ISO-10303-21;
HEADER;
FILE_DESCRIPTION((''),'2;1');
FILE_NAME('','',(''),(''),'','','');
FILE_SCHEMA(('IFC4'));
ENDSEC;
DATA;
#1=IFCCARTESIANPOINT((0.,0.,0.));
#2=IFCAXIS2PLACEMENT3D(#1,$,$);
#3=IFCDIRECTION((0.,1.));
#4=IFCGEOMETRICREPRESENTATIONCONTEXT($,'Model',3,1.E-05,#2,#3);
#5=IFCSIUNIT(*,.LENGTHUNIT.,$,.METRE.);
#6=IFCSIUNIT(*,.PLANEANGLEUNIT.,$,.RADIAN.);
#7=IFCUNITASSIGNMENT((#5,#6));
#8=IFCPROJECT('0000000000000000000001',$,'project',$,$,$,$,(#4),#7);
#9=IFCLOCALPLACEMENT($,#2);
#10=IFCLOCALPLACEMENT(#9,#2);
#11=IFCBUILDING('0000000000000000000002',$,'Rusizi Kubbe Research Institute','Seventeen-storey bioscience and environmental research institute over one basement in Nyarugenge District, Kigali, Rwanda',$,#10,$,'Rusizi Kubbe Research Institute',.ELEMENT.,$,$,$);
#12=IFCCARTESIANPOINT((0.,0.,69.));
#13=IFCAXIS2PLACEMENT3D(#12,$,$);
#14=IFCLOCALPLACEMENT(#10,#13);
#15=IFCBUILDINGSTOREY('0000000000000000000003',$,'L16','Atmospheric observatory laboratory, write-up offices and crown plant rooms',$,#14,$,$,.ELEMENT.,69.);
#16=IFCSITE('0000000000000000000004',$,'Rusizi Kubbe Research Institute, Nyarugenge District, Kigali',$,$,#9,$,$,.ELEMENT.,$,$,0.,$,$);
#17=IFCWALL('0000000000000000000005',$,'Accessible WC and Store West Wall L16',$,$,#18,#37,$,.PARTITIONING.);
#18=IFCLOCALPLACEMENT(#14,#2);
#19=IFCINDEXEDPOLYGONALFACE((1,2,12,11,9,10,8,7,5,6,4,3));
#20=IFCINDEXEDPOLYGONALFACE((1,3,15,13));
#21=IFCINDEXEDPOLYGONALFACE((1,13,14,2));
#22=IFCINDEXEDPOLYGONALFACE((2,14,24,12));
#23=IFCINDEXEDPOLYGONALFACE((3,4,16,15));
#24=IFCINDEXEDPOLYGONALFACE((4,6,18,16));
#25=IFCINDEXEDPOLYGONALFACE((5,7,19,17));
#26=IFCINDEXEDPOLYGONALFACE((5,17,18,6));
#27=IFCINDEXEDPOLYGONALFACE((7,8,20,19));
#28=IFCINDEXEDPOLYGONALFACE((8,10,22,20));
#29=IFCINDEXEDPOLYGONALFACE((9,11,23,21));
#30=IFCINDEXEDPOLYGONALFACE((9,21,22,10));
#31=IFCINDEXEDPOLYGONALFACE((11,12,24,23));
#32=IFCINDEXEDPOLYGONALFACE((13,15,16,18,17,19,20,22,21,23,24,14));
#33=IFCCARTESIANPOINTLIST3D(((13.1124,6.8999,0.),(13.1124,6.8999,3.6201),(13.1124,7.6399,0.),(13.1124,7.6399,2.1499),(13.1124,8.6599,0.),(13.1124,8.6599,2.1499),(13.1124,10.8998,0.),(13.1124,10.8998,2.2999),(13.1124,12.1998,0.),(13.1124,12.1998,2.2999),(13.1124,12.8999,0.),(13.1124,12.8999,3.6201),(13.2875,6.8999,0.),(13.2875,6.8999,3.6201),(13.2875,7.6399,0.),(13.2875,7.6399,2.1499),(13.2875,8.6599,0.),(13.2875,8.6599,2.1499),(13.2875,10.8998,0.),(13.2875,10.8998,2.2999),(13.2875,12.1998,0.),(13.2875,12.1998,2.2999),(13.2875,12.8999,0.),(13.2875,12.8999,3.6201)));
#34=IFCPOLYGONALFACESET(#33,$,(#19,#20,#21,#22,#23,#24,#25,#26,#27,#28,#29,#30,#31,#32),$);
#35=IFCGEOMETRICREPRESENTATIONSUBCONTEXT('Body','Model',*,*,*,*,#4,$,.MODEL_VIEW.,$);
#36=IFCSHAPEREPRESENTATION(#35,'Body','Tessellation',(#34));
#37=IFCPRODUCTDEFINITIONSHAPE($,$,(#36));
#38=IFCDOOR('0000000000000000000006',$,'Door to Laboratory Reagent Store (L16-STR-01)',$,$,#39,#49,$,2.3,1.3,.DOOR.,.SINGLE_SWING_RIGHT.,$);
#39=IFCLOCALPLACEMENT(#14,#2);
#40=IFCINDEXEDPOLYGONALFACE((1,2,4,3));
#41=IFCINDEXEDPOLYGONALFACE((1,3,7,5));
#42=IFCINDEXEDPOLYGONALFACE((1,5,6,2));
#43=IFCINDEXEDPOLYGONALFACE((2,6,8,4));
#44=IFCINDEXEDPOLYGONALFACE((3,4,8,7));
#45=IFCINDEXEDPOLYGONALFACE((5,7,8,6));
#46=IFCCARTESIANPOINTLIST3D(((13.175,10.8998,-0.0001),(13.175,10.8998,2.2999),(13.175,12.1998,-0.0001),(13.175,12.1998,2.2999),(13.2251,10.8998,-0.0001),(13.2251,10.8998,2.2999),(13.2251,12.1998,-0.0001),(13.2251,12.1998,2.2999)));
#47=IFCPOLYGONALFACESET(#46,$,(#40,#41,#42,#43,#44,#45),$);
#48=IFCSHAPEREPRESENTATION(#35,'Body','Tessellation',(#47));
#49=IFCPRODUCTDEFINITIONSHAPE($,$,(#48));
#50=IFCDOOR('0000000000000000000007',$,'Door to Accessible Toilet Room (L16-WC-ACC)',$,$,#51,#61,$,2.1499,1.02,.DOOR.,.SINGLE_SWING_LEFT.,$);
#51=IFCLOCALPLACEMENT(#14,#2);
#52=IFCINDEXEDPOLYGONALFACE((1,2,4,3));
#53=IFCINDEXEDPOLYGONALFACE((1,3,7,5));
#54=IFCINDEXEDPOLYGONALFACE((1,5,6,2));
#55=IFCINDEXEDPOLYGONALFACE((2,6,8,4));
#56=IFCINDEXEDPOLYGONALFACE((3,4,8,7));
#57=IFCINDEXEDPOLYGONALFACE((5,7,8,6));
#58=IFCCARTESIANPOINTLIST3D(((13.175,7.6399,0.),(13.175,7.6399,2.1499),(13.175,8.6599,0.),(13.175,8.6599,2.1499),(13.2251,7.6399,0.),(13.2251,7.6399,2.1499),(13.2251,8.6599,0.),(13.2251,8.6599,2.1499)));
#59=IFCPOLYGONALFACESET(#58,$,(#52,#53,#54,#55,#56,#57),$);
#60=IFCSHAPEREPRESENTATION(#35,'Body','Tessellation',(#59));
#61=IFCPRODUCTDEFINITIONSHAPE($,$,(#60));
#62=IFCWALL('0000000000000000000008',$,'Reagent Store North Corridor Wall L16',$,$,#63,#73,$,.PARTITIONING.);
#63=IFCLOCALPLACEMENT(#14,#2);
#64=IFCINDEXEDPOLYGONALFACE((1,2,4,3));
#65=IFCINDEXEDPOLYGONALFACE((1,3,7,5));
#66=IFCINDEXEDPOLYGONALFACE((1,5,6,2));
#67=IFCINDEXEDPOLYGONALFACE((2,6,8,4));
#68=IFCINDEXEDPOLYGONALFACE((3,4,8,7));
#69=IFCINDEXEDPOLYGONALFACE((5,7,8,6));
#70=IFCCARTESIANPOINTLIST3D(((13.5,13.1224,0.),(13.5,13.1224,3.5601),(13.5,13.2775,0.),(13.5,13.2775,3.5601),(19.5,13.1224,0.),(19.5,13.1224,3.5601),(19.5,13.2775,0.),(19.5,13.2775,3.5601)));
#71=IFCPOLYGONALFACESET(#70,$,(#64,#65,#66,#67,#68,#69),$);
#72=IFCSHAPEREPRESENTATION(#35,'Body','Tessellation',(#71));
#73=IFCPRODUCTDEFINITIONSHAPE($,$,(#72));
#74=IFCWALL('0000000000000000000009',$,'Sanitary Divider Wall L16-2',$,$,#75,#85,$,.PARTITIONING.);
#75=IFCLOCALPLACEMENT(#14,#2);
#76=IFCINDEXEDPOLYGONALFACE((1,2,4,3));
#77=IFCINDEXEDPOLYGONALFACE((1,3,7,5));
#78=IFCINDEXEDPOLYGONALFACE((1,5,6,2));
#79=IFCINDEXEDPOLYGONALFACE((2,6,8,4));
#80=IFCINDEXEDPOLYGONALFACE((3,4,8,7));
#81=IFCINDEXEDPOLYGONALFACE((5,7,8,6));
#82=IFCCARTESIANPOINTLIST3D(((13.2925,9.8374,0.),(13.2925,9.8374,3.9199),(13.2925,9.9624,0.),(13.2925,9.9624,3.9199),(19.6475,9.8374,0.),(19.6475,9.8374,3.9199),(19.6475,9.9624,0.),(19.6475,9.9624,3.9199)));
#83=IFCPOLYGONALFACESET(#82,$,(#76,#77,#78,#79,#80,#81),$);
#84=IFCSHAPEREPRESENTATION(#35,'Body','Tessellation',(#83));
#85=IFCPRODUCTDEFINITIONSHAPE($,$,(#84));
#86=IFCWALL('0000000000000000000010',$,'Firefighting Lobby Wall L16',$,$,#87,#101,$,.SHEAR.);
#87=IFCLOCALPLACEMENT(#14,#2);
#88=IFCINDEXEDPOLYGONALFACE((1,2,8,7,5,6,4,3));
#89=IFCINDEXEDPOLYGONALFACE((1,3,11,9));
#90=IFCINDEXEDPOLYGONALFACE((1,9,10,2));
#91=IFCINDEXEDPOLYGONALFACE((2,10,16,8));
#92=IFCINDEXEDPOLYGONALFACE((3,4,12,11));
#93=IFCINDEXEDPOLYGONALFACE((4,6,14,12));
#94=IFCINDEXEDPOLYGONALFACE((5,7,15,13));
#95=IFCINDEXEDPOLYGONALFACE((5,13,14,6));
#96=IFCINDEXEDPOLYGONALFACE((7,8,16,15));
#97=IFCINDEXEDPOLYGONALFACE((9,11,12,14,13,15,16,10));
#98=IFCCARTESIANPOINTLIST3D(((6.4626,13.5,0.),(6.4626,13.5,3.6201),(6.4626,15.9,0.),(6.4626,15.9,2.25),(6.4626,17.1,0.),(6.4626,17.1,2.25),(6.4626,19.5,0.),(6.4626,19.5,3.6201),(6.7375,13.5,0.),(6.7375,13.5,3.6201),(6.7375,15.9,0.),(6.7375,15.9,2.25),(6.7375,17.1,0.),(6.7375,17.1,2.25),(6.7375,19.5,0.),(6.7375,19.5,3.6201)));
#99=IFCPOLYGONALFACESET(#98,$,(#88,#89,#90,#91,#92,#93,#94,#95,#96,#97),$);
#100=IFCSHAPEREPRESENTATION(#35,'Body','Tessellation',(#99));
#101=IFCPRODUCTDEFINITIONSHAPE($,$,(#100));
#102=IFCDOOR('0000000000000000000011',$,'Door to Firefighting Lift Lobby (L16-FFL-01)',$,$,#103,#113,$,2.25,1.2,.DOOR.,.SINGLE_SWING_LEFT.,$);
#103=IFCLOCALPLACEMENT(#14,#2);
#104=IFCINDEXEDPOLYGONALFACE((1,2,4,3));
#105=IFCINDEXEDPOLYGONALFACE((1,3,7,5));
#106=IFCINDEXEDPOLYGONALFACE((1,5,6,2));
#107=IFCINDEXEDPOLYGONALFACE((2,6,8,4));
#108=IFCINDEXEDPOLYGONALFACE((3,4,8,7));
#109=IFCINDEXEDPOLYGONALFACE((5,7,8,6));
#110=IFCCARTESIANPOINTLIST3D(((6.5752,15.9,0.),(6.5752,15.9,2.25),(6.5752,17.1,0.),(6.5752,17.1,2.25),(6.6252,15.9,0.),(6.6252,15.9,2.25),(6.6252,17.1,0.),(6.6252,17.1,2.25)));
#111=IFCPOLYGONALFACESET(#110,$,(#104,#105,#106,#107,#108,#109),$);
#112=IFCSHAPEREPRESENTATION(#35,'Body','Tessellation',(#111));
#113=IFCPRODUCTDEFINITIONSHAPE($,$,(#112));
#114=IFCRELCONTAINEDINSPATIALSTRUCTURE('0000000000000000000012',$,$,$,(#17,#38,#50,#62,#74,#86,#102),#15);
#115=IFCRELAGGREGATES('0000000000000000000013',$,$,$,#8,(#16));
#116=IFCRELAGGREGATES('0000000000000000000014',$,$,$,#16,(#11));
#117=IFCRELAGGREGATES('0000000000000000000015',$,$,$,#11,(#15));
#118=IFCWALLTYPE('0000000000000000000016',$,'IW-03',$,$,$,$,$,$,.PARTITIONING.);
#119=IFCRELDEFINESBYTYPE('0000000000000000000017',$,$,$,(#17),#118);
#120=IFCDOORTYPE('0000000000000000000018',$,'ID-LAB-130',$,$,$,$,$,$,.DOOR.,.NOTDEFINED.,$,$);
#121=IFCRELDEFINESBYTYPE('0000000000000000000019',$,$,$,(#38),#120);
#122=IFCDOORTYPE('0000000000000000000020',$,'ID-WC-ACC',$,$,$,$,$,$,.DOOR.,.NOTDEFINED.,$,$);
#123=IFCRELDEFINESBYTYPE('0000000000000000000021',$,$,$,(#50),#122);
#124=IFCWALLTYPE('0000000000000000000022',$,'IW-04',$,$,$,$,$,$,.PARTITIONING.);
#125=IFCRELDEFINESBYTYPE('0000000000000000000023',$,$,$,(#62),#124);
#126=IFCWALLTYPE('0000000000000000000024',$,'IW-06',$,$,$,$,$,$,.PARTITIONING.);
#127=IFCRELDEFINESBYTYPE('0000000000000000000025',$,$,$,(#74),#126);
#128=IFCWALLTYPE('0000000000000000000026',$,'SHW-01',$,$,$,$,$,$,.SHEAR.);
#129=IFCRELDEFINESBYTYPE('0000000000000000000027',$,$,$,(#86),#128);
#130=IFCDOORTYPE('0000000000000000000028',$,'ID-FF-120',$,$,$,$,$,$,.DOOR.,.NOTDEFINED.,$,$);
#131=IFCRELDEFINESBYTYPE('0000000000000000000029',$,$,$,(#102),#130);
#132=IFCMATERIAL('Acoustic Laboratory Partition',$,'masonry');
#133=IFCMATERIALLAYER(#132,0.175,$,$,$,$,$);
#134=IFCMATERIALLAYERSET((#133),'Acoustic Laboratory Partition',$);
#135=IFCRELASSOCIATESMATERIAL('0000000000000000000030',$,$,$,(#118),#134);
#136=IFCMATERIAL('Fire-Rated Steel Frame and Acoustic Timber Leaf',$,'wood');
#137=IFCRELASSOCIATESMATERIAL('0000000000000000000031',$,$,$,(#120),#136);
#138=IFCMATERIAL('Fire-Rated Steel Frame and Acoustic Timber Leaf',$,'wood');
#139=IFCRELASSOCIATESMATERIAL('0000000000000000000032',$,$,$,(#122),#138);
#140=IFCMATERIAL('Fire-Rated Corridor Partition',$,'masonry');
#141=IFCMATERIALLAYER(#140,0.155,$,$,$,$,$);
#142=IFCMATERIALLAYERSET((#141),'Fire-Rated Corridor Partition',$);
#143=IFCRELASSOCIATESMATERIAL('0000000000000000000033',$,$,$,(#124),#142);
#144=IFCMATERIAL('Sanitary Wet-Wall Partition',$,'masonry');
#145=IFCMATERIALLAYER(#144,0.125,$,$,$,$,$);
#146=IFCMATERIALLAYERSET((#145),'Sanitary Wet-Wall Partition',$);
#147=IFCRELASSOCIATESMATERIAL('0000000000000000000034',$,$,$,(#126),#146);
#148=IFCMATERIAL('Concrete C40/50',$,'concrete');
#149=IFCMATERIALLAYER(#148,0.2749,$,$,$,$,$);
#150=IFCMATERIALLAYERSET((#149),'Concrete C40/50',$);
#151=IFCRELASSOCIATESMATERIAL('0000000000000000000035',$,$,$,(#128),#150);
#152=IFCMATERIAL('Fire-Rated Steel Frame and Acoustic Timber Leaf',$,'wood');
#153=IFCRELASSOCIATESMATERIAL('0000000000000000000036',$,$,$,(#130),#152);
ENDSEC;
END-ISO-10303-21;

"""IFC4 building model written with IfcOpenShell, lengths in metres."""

from ifc_helpers import new_model, si_unit, direction, frame, frame_2d, origin, place, context, subcontext, project, spatial, rectangle, extrude, material, layer, layer_set, type_object, element, fill, save


model = new_model("IFC4")

# Units and contexts
model_context = context("Model", 3, precision=1e-05, world=origin(), true_north=direction((0.0, 1.0)))
body_context = subcontext(model_context, "Body", "Model", "MODEL_VIEW")
ifc_project = project(units=[si_unit("LENGTHUNIT", "METRE"), si_unit("PLANEANGLEUNIT", "RADIAN")], contexts=[model_context])

# Site, building, storey
site_placement = place(None, origin())
site = spatial("IfcSite", under=ifc_project, at=site_placement, Name="Rusizi Kubbe Research Institute, Nyarugenge District, Kigali", CompositionType="ELEMENT", RefElevation=0.0)
building_placement = place(site_placement, origin())
building = spatial("IfcBuilding", under=site, at=building_placement, Name="Rusizi Kubbe Research Institute", Description="Seventeen-storey bioscience and environmental research institute over one basement in Nyarugenge District, Kigali, Rwanda", LongName="Rusizi Kubbe Research Institute", CompositionType="ELEMENT")
storey_placement = place(building_placement, frame((0.0, 0.0, 69.0)))
storey = spatial("IfcBuildingStorey", under=building, at=storey_placement, Name="L16", Description="Atmospheric observatory laboratory, write-up offices and crown plant rooms", CompositionType="ELEMENT", Elevation=69.0)

# Wall, openings, doors
ifc_material_1 = material(Name="Acoustic Laboratory Partition", Category="masonry")
ifc_layer_1 = layer(ifc_material_1, 0.175)
ifc_layer_set_1 = layer_set([ifc_layer_1], Name="Acoustic Laboratory Partition")
wall_type_1 = type_object("IfcWallType", Name="IW-03", PredefinedType="PARTITIONING", material=ifc_layer_set_1)
wall_1_placement = place(storey_placement, frame((13.2, 6.8999, 0.0), z_axis=(0.0, 0.0, 1.0), x_axis=(0.0, 1.0, 0.0)))
wall_1 = element("IfcWall", 1, at=wall_1_placement, inside=storey, type_object=wall_type_1, Name="Accessible WC and Store West Wall L16", PredefinedType="PARTITIONING", context=body_context, shape_type="SweptSolid", body=[
    extrude(rectangle(XDim=6.0, YDim=0.175, at=frame_2d((3.0, 0.0))), origin(), (0.0, 0.0, 1.0), 3.6201),
])
opening_1_placement = place(wall_1_placement, frame((0.74, 0.0, 0.0)))
opening_1 = element("IfcOpeningElement", 2, at=opening_1_placement, cuts=wall_1, PredefinedType="OPENING", context=body_context, shape_type="SweptSolid", body=[
    extrude(rectangle(XDim=1.02, YDim=2.1499, at=frame_2d((0.51, 1.075))), frame((0.0, 0.0974, 0.0), z_axis=(0.0, -1.0, 0.0), x_axis=(1.0, 0.0, 0.0)), (0.0, 0.0, 1.0), 0.1951),
])
opening_2_placement = place(wall_1_placement, frame((4.0, 0.0, 0.0)))
opening_2 = element("IfcOpeningElement", 3, at=opening_2_placement, cuts=wall_1, PredefinedType="OPENING", context=body_context, shape_type="SweptSolid", body=[
    extrude(rectangle(XDim=1.3, YDim=2.3, at=frame_2d((0.6499, 1.1499))), frame((0.0, 0.0974, 0.0), z_axis=(0.0, -1.0, 0.0), x_axis=(1.0, 0.0, 0.0)), (0.0, 0.0, 1.0), 0.1951),
])
ifc_material_2 = material(Name="Fire-Rated Steel Frame and Acoustic Timber Leaf", Category="wood")
door_type_1 = type_object("IfcDoorType", Name="ID-LAB-130", OperationType="NOTDEFINED", PredefinedType="DOOR", material=ifc_material_2)
door_1_placement = place(opening_2_placement, origin())
door_1 = element("IfcDoor", 4, at=door_1_placement, inside=storey, type_object=door_type_1, Name="Door to Laboratory Reagent Store (L16-STR-01)", OperationType="SINGLE_SWING_RIGHT", OverallHeight=2.3, OverallWidth=1.3, PredefinedType="DOOR", context=body_context, shape_type="SweptSolid", body=[
    extrude(rectangle(XDim=1.3, YDim=2.3, at=frame_2d((0.6499, 1.1499))), frame((0.0, 0.0249, 0.0), z_axis=(0.0, -1.0, 0.0), x_axis=(1.0, 0.0, 0.0)), (0.0, 0.0, 1.0), 0.05),
])
fill(opening_2, door_1)
ifc_material_3 = material(Name="Fire-Rated Steel Frame and Acoustic Timber Leaf", Category="wood")
door_type_2 = type_object("IfcDoorType", Name="ID-WC-ACC", OperationType="NOTDEFINED", PredefinedType="DOOR", material=ifc_material_3)
door_2_placement = place(opening_1_placement, origin())
door_2 = element("IfcDoor", 5, at=door_2_placement, inside=storey, type_object=door_type_2, Name="Door to Accessible Toilet Room (L16-WC-ACC)", OperationType="SINGLE_SWING_LEFT", OverallHeight=2.1499, OverallWidth=1.02, PredefinedType="DOOR", context=body_context, shape_type="SweptSolid", body=[
    extrude(rectangle(XDim=1.02, YDim=2.1499, at=frame_2d((0.51, 1.075))), frame((0.0, 0.0249, 0.0), z_axis=(0.0, -1.0, 0.0), x_axis=(1.0, 0.0, 0.0)), (0.0, 0.0, 1.0), 0.05),
])
fill(opening_1, door_2)

# Walls
ifc_material_4 = material(Name="Fire-Rated Corridor Partition", Category="masonry")
ifc_layer_2 = layer(ifc_material_4, 0.155)
ifc_layer_set_2 = layer_set([ifc_layer_2], Name="Fire-Rated Corridor Partition")
wall_type_2 = type_object("IfcWallType", Name="IW-04", PredefinedType="PARTITIONING", material=ifc_layer_set_2)
wall_2_placement = place(storey_placement, frame((13.5, 13.2, 0.0), z_axis=(0.0, 0.0, 1.0), x_axis=(1.0, 0.0, 0.0)))
element("IfcWall", 6, at=wall_2_placement, inside=storey, type_object=wall_type_2, Name="Reagent Store North Corridor Wall L16", PredefinedType="PARTITIONING", context=body_context, shape_type="SweptSolid", body=[
    extrude(rectangle(XDim=6.0, YDim=0.155, at=frame_2d((3.0, 0.0))), origin(), (0.0, 0.0, 1.0), 3.5601),
])
ifc_material_5 = material(Name="Sanitary Wet-Wall Partition", Category="masonry")
ifc_layer_3 = layer(ifc_material_5, 0.125)
ifc_layer_set_3 = layer_set([ifc_layer_3], Name="Sanitary Wet-Wall Partition")
wall_type_3 = type_object("IfcWallType", Name="IW-06", PredefinedType="PARTITIONING", material=ifc_layer_set_3)
wall_3_placement = place(storey_placement, frame((13.2925, 9.8999, 0.0), z_axis=(0.0, 0.0, 1.0), x_axis=(1.0, 0.0, 0.0)))
element("IfcWall", 7, at=wall_3_placement, inside=storey, type_object=wall_type_3, Name="Sanitary Divider Wall L16-2", PredefinedType="PARTITIONING", context=body_context, shape_type="SweptSolid", body=[
    extrude(rectangle(XDim=6.355, YDim=0.125, at=frame_2d((3.1775, 0.0))), origin(), (0.0, 0.0, 1.0), 3.9199),
])

# Wall, opening, door
ifc_material_6 = material(Name="Concrete C40/50", Category="concrete")
ifc_layer_4 = layer(ifc_material_6, 0.2749)
ifc_layer_set_4 = layer_set([ifc_layer_4], Name="Concrete C40/50")
wall_type_4 = type_object("IfcWallType", Name="SHW-01", PredefinedType="SHEAR", material=ifc_layer_set_4)
wall_4_placement = place(storey_placement, frame((6.6001, 13.5, 0.0), z_axis=(0.0, 0.0, 1.0), x_axis=(0.0, 1.0, 0.0)))
wall_4 = element("IfcWall", 8, at=wall_4_placement, inside=storey, type_object=wall_type_4, Name="Firefighting Lobby Wall L16", PredefinedType="SHEAR", context=body_context, shape_type="SweptSolid", body=[
    extrude(rectangle(XDim=6.0, YDim=0.2749, at=frame_2d((3.0, 0.0))), origin(), (0.0, 0.0, 1.0), 3.6201),
])
opening_3_placement = place(wall_4_placement, frame((2.3999, 0.0, 0.0)))
opening_3 = element("IfcOpeningElement", 9, at=opening_3_placement, cuts=wall_4, PredefinedType="OPENING", context=body_context, shape_type="SweptSolid", body=[
    extrude(rectangle(XDim=1.2, YDim=2.25, at=frame_2d((0.6001, 1.125))), frame((0.0, 0.1475, 0.0), z_axis=(0.0, -1.0, 0.0), x_axis=(1.0, 0.0, 0.0)), (0.0, 0.0, 1.0), 0.2949),
])
ifc_material_7 = material(Name="Fire-Rated Steel Frame and Acoustic Timber Leaf", Category="wood")
door_type_3 = type_object("IfcDoorType", Name="ID-FF-120", OperationType="NOTDEFINED", PredefinedType="DOOR", material=ifc_material_7)
door_3_placement = place(opening_3_placement, origin())
door_3 = element("IfcDoor", 10, at=door_3_placement, inside=storey, type_object=door_type_3, Name="Door to Firefighting Lift Lobby (L16-FFL-01)", OperationType="SINGLE_SWING_LEFT", OverallHeight=2.25, OverallWidth=1.2, PredefinedType="DOOR", context=body_context, shape_type="SweptSolid", body=[
    extrude(rectangle(XDim=1.2, YDim=2.25, at=frame_2d((0.6001, 1.125))), frame((0.0, 0.0249, 0.0), z_axis=(0.0, -1.0, 0.0), x_axis=(1.0, 0.0, 0.0)), (0.0, 0.0, 1.0), 0.05),
])
fill(opening_3, door_3)

save(model, "model.ifc")
